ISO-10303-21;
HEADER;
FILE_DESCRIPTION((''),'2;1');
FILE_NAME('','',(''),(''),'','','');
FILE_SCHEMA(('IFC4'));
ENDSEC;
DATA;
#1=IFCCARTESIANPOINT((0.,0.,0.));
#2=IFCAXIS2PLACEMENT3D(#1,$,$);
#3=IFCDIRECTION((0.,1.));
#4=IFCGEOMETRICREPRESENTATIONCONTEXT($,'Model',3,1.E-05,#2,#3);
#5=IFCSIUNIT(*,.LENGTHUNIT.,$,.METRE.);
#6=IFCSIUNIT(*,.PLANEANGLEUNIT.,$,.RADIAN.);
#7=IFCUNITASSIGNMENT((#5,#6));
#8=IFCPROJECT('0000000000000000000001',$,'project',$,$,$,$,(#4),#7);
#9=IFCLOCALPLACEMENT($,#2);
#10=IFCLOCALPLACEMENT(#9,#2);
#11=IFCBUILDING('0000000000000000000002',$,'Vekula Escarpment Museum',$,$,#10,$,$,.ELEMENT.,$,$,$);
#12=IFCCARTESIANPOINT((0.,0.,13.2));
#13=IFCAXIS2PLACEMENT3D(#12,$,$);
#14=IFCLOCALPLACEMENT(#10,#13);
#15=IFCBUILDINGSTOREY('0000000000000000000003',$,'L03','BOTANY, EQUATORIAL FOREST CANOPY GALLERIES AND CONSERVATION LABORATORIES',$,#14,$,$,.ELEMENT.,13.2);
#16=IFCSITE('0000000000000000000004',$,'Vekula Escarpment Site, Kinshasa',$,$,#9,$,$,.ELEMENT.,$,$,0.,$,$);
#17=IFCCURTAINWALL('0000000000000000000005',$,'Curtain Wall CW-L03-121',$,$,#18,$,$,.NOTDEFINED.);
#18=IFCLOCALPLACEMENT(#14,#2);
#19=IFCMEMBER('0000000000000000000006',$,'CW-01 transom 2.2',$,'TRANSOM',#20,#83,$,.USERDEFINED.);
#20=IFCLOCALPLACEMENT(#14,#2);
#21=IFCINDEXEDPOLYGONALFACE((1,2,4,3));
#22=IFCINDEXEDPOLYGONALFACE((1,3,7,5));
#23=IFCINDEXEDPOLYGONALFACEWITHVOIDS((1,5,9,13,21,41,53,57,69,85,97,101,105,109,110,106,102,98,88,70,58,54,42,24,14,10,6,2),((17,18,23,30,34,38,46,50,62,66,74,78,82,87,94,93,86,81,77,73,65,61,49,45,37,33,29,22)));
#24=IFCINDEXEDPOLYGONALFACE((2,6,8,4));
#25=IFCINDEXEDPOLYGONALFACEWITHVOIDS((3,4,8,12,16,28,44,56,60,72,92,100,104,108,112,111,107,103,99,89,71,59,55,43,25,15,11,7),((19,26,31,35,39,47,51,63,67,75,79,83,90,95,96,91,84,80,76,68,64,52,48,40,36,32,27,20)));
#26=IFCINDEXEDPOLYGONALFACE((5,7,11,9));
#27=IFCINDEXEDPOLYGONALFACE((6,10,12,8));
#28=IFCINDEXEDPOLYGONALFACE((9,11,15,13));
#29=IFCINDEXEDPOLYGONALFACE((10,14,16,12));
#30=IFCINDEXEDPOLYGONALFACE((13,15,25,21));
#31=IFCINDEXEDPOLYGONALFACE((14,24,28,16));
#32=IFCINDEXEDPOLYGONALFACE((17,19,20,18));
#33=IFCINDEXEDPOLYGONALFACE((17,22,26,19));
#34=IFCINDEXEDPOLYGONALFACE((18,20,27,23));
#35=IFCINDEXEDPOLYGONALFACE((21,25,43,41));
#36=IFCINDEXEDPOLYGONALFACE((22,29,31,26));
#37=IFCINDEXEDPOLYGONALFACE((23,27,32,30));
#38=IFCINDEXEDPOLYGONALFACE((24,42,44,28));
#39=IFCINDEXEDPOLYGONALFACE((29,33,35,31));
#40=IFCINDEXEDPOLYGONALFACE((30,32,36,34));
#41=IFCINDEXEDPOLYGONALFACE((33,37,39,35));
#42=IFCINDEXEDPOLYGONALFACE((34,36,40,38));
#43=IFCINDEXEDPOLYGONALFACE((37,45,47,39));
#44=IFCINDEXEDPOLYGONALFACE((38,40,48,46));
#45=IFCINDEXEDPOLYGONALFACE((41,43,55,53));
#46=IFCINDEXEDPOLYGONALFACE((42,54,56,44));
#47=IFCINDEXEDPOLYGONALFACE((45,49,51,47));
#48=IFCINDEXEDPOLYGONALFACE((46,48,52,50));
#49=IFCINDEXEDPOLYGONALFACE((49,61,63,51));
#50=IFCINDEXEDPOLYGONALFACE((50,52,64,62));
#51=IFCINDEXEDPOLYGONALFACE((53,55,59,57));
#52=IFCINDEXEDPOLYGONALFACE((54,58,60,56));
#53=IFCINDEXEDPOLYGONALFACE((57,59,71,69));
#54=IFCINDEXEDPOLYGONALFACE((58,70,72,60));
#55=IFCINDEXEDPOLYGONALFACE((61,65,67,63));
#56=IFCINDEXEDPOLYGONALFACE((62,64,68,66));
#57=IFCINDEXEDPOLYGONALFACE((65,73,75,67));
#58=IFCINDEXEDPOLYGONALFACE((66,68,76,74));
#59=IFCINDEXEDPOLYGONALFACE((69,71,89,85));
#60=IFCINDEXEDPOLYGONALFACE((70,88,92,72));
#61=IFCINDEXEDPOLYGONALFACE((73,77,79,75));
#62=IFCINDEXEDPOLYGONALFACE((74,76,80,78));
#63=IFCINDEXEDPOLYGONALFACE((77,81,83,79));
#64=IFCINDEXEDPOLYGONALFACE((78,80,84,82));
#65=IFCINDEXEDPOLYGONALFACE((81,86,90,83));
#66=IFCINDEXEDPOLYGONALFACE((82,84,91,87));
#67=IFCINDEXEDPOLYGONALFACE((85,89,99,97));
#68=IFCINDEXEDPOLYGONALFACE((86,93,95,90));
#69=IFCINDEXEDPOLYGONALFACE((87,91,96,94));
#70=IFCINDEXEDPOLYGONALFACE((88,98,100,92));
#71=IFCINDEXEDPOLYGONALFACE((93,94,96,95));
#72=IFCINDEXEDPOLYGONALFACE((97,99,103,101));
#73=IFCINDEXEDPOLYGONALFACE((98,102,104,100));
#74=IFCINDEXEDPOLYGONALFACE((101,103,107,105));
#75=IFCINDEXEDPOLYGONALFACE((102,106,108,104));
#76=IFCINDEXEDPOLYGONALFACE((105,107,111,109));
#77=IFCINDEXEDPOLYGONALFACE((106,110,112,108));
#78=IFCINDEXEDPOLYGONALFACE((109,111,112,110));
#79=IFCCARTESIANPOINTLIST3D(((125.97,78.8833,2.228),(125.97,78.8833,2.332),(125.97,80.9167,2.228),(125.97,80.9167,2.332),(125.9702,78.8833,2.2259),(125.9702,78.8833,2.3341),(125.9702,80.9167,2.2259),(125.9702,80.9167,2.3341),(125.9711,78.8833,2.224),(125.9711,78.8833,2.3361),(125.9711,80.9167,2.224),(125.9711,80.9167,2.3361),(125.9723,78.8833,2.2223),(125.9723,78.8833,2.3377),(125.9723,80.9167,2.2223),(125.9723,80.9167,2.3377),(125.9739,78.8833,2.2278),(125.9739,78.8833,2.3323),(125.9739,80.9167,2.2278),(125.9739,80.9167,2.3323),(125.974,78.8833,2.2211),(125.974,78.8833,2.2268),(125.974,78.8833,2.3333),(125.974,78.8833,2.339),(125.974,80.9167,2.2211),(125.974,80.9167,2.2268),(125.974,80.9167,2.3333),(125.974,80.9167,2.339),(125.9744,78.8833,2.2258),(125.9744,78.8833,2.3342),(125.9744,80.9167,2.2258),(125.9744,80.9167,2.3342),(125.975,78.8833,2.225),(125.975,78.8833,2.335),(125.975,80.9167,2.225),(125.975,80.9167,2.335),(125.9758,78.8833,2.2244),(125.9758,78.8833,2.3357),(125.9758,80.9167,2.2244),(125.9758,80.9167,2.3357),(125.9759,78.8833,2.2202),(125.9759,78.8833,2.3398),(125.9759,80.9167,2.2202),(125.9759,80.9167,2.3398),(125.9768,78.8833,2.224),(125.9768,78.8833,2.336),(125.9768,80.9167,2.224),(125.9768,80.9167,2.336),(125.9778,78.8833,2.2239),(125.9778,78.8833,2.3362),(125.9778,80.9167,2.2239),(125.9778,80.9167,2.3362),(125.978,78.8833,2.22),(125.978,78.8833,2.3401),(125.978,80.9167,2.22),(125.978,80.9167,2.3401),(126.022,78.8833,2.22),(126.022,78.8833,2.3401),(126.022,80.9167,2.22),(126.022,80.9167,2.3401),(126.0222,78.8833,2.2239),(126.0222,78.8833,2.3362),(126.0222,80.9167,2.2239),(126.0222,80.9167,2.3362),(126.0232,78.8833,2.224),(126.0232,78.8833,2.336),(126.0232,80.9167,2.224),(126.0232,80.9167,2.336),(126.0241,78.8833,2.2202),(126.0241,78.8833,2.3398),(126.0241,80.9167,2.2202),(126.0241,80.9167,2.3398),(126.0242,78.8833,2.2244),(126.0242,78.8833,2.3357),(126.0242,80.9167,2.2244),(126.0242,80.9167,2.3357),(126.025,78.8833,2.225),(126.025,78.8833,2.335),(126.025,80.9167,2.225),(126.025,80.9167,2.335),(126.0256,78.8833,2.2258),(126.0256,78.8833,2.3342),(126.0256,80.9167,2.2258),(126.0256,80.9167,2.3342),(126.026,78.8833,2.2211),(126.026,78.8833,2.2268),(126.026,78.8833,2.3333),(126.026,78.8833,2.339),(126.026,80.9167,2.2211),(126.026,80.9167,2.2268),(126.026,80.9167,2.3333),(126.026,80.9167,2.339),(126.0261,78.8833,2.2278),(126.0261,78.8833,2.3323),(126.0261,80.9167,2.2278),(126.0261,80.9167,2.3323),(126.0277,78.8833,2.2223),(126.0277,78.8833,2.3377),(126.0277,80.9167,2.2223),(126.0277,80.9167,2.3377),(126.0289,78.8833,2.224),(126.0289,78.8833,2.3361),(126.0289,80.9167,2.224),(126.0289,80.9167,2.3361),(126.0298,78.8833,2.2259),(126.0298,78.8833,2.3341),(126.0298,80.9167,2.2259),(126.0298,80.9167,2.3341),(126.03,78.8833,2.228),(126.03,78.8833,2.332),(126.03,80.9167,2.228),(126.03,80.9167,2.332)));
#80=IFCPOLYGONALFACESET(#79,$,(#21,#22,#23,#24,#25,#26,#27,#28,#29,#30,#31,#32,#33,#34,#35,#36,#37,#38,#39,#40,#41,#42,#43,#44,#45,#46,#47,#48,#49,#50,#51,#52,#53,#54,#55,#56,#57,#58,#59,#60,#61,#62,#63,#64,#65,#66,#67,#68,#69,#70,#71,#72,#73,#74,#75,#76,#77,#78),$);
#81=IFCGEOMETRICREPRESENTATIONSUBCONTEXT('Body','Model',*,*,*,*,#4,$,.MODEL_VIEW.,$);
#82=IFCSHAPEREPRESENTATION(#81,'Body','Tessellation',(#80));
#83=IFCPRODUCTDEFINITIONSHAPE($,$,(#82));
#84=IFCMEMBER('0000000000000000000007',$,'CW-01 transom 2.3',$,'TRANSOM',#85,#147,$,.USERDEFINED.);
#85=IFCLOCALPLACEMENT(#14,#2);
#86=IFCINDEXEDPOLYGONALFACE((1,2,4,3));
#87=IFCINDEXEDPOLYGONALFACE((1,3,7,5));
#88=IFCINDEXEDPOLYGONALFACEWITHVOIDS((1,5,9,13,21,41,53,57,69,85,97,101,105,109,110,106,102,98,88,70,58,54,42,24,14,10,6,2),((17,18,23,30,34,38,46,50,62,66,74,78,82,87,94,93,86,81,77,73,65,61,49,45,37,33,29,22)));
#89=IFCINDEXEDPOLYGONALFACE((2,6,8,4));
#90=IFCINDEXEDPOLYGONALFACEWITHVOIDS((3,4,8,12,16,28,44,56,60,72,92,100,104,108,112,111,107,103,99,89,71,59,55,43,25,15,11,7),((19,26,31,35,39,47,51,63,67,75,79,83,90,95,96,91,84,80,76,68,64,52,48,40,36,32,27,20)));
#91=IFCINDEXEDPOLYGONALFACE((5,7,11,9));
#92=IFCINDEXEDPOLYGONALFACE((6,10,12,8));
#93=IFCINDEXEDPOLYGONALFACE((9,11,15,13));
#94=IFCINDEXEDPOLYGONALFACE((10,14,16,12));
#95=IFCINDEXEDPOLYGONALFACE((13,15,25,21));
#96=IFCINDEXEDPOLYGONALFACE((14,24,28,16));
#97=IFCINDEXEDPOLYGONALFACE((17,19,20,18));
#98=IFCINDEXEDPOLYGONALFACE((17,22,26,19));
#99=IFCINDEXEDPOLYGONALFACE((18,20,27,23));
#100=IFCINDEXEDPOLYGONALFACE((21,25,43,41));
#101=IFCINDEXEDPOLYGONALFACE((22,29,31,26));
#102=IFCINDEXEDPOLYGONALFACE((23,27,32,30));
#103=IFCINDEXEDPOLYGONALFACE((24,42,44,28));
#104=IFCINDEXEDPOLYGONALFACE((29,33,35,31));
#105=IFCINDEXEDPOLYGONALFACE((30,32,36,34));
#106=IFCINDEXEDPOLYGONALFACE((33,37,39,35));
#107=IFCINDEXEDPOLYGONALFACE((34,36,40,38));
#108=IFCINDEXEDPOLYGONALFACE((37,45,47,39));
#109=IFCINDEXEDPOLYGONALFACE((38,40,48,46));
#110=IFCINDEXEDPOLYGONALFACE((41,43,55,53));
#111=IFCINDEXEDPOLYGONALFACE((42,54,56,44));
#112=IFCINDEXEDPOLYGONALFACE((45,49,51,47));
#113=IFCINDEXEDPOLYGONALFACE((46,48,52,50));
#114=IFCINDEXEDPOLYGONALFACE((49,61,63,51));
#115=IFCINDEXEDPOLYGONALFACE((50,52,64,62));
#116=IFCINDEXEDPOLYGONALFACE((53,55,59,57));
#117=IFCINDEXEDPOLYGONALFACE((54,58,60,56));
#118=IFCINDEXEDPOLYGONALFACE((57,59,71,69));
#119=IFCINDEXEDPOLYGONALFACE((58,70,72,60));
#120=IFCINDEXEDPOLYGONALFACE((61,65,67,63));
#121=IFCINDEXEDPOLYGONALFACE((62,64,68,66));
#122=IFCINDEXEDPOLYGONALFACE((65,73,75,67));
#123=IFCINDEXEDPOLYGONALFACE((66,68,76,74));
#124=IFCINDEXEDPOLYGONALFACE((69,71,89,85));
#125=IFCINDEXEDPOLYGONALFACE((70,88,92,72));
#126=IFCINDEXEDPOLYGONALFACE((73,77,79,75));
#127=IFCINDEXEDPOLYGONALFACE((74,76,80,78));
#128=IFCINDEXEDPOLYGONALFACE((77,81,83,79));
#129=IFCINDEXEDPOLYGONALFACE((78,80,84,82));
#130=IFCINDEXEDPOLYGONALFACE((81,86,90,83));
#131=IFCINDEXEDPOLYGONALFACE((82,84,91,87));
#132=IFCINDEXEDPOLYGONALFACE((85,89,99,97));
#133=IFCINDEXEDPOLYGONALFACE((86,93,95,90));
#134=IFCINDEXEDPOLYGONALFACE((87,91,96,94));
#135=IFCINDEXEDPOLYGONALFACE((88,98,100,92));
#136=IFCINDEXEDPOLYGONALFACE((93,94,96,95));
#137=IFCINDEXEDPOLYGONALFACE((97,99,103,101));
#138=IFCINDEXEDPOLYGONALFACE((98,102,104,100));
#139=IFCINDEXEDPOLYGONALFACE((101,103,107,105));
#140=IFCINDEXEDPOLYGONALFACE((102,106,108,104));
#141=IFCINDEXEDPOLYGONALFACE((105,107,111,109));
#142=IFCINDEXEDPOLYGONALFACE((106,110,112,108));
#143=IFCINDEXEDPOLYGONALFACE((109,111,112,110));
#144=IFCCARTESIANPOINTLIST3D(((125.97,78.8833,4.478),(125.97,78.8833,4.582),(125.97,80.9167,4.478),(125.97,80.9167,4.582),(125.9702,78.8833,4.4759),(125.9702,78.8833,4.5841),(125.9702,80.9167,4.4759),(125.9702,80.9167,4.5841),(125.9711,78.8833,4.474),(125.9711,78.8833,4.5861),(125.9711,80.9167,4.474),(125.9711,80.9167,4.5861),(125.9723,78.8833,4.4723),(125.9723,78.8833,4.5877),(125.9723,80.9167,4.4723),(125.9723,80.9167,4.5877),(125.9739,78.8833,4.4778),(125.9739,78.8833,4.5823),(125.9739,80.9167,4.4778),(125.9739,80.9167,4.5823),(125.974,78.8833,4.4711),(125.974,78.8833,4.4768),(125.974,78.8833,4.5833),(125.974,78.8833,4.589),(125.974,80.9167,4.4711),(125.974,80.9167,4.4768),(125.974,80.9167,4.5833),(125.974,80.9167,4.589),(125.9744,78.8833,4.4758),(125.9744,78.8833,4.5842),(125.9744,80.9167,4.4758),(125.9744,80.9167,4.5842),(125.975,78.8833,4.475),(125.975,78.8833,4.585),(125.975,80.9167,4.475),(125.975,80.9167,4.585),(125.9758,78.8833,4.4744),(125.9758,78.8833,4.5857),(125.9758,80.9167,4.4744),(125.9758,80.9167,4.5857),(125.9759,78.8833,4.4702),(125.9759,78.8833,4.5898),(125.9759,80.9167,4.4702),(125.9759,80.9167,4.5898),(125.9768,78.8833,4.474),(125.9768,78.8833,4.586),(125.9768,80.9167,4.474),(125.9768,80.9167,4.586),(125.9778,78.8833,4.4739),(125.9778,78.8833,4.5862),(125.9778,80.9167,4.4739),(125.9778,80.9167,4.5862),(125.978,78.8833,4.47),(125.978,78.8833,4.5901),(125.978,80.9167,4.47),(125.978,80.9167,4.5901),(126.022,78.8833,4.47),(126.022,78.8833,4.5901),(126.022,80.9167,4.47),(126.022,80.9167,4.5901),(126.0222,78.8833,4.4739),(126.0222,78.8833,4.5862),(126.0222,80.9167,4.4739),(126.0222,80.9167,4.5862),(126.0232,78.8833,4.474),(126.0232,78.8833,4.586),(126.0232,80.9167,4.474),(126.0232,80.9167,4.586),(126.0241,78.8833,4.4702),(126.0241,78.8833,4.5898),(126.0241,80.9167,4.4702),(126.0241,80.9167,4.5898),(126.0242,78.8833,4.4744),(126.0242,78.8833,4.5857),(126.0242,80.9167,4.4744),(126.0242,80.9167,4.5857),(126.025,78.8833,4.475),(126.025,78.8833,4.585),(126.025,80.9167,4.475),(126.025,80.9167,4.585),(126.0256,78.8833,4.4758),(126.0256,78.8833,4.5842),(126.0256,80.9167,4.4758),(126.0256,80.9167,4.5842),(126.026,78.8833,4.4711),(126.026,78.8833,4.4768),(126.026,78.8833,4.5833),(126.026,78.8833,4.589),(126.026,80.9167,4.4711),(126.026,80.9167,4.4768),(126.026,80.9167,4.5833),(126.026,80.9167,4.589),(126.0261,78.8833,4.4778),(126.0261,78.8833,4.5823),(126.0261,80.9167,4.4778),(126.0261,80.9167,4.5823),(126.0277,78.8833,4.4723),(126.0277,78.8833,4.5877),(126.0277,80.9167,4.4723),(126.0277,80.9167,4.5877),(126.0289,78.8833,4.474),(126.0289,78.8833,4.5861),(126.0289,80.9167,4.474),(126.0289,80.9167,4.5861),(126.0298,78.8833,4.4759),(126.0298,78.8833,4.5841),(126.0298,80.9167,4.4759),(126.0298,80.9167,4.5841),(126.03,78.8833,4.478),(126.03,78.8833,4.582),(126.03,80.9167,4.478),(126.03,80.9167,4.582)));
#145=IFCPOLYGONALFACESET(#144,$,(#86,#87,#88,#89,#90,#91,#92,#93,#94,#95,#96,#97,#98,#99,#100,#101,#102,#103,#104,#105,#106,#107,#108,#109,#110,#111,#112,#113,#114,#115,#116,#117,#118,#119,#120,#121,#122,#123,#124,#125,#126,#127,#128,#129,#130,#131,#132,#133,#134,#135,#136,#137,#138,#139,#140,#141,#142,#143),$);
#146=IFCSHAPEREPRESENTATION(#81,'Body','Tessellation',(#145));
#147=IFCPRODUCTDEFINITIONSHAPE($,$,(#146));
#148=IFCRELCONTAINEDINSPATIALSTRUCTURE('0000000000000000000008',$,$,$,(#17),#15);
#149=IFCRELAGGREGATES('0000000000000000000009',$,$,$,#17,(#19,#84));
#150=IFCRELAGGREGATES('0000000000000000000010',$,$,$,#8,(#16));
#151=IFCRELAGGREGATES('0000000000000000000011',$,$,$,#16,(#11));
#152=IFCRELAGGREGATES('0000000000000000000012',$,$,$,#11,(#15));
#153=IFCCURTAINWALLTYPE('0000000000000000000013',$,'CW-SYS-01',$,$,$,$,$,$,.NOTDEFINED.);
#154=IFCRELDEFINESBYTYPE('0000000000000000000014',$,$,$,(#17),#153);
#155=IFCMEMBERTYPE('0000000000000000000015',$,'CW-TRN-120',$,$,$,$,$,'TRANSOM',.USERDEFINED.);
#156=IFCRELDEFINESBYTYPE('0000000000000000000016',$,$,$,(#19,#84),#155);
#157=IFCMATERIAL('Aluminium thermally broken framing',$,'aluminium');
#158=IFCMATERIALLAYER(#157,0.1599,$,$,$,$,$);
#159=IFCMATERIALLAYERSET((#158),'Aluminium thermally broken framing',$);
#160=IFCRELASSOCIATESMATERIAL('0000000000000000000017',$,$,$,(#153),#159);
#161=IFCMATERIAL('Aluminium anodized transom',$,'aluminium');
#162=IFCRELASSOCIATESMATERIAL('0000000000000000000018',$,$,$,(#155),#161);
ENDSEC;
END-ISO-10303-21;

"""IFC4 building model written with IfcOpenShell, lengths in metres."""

from ifc_helpers import new_model, si_unit, direction, frame, origin, origin_2d, place, context, subcontext, project, spatial, hollow_rectangle, extrude, material, layer, layer_set, material_profile, profile_set, type_object, element, aggregate, save


model = new_model("IFC4")

# Units and contexts
model_context = context("Model", 3, precision=1e-05, world=origin(), true_north=direction((0.0, 1.0)))
body_context = subcontext(model_context, "Body", "Model", "MODEL_VIEW")
ifc_project = project(units=[si_unit("LENGTHUNIT", "METRE"), si_unit("PLANEANGLEUNIT", "RADIAN")], contexts=[model_context])

# Site, building, storey
site_placement = place(None, origin())
site = spatial("IfcSite", under=ifc_project, at=site_placement, Name="Vekula Escarpment Site, Kinshasa", CompositionType="ELEMENT", RefElevation=0.0)
building_placement = place(site_placement, origin())
building = spatial("IfcBuilding", under=site, at=building_placement, Name="Vekula Escarpment Museum", CompositionType="ELEMENT")
storey_placement = place(building_placement, frame((0.0, 0.0, 13.2)))
storey = spatial("IfcBuildingStorey", under=building, at=storey_placement, Name="L03", Description="BOTANY, EQUATORIAL FOREST CANOPY GALLERIES AND CONSERVATION LABORATORIES", CompositionType="ELEMENT", Elevation=13.2)

# Curtain wall
ifc_material_1 = material(Name="Aluminium thermally broken framing", Category="aluminium")
ifc_layer_1 = layer(ifc_material_1, 0.1599)
ifc_layer_set_1 = layer_set([ifc_layer_1], Name="Aluminium thermally broken framing")
curtain_wall_type_1 = type_object("IfcCurtainWallType", Name="CW-SYS-01", PredefinedType="NOTDEFINED", material=ifc_layer_set_1)
curtain_wall_1_placement = place(storey_placement, origin())
curtain_wall_1 = element("IfcCurtainWall", 1, at=curtain_wall_1_placement, inside=storey, type_object=curtain_wall_type_1, Name="Curtain Wall CW-L03-121", PredefinedType="NOTDEFINED")

# Members
ifc_material_2 = material(Name="Aluminium anodized transom", Category="aluminium")
ifc_material_profile_1 = material_profile(ifc_material_2, hollow_rectangle(XDim=0.0601, YDim=0.1201, WallThickness=0.0039, InnerFilletRadius=0.0039, OuterFilletRadius=0.0081, at=origin_2d()), Name="ALU 120x60x4")
ifc_profile_set_1 = profile_set([ifc_material_profile_1], Name="Aluminium anodized transom")
member_type_1 = type_object("IfcMemberType", Name="CW-TRN-120", ElementType="TRANSOM", PredefinedType="USERDEFINED", material=ifc_profile_set_1)
member_1_placement = place(storey_placement, frame((126.0, 78.8833, 2.28), z_axis=(0.0, 1.0, 0.0), x_axis=(-1.0, 0.0, 0.0)))
member_1 = element("IfcMember", 2, at=member_1_placement, type_object=member_type_1, Name="CW-01 transom 2.2", ObjectType="TRANSOM", PredefinedType="USERDEFINED", context=body_context, shape_type="SweptSolid", body=[
    extrude(hollow_rectangle(XDim=0.0601, YDim=0.1201, WallThickness=0.0039, InnerFilletRadius=0.0039, OuterFilletRadius=0.0081, at=origin_2d()), origin(), (0.0, 0.0, 1.0), 2.0334),
])
member_2_placement = place(storey_placement, frame((126.0, 78.8833, 4.53), z_axis=(0.0, 1.0, 0.0), x_axis=(-1.0, 0.0, 0.0)))
member_2 = element("IfcMember", 3, at=member_2_placement, type_object=member_type_1, Name="CW-01 transom 2.3", ObjectType="TRANSOM", PredefinedType="USERDEFINED", context=body_context, shape_type="SweptSolid", body=[
    extrude(hollow_rectangle(XDim=0.0601, YDim=0.1201, WallThickness=0.0039, InnerFilletRadius=0.0039, OuterFilletRadius=0.0081, at=origin_2d()), origin(), (0.0, 0.0, 1.0), 2.0334),
])

aggregate(curtain_wall_1, [member_1, member_2])

save(model, "model.ifc")
